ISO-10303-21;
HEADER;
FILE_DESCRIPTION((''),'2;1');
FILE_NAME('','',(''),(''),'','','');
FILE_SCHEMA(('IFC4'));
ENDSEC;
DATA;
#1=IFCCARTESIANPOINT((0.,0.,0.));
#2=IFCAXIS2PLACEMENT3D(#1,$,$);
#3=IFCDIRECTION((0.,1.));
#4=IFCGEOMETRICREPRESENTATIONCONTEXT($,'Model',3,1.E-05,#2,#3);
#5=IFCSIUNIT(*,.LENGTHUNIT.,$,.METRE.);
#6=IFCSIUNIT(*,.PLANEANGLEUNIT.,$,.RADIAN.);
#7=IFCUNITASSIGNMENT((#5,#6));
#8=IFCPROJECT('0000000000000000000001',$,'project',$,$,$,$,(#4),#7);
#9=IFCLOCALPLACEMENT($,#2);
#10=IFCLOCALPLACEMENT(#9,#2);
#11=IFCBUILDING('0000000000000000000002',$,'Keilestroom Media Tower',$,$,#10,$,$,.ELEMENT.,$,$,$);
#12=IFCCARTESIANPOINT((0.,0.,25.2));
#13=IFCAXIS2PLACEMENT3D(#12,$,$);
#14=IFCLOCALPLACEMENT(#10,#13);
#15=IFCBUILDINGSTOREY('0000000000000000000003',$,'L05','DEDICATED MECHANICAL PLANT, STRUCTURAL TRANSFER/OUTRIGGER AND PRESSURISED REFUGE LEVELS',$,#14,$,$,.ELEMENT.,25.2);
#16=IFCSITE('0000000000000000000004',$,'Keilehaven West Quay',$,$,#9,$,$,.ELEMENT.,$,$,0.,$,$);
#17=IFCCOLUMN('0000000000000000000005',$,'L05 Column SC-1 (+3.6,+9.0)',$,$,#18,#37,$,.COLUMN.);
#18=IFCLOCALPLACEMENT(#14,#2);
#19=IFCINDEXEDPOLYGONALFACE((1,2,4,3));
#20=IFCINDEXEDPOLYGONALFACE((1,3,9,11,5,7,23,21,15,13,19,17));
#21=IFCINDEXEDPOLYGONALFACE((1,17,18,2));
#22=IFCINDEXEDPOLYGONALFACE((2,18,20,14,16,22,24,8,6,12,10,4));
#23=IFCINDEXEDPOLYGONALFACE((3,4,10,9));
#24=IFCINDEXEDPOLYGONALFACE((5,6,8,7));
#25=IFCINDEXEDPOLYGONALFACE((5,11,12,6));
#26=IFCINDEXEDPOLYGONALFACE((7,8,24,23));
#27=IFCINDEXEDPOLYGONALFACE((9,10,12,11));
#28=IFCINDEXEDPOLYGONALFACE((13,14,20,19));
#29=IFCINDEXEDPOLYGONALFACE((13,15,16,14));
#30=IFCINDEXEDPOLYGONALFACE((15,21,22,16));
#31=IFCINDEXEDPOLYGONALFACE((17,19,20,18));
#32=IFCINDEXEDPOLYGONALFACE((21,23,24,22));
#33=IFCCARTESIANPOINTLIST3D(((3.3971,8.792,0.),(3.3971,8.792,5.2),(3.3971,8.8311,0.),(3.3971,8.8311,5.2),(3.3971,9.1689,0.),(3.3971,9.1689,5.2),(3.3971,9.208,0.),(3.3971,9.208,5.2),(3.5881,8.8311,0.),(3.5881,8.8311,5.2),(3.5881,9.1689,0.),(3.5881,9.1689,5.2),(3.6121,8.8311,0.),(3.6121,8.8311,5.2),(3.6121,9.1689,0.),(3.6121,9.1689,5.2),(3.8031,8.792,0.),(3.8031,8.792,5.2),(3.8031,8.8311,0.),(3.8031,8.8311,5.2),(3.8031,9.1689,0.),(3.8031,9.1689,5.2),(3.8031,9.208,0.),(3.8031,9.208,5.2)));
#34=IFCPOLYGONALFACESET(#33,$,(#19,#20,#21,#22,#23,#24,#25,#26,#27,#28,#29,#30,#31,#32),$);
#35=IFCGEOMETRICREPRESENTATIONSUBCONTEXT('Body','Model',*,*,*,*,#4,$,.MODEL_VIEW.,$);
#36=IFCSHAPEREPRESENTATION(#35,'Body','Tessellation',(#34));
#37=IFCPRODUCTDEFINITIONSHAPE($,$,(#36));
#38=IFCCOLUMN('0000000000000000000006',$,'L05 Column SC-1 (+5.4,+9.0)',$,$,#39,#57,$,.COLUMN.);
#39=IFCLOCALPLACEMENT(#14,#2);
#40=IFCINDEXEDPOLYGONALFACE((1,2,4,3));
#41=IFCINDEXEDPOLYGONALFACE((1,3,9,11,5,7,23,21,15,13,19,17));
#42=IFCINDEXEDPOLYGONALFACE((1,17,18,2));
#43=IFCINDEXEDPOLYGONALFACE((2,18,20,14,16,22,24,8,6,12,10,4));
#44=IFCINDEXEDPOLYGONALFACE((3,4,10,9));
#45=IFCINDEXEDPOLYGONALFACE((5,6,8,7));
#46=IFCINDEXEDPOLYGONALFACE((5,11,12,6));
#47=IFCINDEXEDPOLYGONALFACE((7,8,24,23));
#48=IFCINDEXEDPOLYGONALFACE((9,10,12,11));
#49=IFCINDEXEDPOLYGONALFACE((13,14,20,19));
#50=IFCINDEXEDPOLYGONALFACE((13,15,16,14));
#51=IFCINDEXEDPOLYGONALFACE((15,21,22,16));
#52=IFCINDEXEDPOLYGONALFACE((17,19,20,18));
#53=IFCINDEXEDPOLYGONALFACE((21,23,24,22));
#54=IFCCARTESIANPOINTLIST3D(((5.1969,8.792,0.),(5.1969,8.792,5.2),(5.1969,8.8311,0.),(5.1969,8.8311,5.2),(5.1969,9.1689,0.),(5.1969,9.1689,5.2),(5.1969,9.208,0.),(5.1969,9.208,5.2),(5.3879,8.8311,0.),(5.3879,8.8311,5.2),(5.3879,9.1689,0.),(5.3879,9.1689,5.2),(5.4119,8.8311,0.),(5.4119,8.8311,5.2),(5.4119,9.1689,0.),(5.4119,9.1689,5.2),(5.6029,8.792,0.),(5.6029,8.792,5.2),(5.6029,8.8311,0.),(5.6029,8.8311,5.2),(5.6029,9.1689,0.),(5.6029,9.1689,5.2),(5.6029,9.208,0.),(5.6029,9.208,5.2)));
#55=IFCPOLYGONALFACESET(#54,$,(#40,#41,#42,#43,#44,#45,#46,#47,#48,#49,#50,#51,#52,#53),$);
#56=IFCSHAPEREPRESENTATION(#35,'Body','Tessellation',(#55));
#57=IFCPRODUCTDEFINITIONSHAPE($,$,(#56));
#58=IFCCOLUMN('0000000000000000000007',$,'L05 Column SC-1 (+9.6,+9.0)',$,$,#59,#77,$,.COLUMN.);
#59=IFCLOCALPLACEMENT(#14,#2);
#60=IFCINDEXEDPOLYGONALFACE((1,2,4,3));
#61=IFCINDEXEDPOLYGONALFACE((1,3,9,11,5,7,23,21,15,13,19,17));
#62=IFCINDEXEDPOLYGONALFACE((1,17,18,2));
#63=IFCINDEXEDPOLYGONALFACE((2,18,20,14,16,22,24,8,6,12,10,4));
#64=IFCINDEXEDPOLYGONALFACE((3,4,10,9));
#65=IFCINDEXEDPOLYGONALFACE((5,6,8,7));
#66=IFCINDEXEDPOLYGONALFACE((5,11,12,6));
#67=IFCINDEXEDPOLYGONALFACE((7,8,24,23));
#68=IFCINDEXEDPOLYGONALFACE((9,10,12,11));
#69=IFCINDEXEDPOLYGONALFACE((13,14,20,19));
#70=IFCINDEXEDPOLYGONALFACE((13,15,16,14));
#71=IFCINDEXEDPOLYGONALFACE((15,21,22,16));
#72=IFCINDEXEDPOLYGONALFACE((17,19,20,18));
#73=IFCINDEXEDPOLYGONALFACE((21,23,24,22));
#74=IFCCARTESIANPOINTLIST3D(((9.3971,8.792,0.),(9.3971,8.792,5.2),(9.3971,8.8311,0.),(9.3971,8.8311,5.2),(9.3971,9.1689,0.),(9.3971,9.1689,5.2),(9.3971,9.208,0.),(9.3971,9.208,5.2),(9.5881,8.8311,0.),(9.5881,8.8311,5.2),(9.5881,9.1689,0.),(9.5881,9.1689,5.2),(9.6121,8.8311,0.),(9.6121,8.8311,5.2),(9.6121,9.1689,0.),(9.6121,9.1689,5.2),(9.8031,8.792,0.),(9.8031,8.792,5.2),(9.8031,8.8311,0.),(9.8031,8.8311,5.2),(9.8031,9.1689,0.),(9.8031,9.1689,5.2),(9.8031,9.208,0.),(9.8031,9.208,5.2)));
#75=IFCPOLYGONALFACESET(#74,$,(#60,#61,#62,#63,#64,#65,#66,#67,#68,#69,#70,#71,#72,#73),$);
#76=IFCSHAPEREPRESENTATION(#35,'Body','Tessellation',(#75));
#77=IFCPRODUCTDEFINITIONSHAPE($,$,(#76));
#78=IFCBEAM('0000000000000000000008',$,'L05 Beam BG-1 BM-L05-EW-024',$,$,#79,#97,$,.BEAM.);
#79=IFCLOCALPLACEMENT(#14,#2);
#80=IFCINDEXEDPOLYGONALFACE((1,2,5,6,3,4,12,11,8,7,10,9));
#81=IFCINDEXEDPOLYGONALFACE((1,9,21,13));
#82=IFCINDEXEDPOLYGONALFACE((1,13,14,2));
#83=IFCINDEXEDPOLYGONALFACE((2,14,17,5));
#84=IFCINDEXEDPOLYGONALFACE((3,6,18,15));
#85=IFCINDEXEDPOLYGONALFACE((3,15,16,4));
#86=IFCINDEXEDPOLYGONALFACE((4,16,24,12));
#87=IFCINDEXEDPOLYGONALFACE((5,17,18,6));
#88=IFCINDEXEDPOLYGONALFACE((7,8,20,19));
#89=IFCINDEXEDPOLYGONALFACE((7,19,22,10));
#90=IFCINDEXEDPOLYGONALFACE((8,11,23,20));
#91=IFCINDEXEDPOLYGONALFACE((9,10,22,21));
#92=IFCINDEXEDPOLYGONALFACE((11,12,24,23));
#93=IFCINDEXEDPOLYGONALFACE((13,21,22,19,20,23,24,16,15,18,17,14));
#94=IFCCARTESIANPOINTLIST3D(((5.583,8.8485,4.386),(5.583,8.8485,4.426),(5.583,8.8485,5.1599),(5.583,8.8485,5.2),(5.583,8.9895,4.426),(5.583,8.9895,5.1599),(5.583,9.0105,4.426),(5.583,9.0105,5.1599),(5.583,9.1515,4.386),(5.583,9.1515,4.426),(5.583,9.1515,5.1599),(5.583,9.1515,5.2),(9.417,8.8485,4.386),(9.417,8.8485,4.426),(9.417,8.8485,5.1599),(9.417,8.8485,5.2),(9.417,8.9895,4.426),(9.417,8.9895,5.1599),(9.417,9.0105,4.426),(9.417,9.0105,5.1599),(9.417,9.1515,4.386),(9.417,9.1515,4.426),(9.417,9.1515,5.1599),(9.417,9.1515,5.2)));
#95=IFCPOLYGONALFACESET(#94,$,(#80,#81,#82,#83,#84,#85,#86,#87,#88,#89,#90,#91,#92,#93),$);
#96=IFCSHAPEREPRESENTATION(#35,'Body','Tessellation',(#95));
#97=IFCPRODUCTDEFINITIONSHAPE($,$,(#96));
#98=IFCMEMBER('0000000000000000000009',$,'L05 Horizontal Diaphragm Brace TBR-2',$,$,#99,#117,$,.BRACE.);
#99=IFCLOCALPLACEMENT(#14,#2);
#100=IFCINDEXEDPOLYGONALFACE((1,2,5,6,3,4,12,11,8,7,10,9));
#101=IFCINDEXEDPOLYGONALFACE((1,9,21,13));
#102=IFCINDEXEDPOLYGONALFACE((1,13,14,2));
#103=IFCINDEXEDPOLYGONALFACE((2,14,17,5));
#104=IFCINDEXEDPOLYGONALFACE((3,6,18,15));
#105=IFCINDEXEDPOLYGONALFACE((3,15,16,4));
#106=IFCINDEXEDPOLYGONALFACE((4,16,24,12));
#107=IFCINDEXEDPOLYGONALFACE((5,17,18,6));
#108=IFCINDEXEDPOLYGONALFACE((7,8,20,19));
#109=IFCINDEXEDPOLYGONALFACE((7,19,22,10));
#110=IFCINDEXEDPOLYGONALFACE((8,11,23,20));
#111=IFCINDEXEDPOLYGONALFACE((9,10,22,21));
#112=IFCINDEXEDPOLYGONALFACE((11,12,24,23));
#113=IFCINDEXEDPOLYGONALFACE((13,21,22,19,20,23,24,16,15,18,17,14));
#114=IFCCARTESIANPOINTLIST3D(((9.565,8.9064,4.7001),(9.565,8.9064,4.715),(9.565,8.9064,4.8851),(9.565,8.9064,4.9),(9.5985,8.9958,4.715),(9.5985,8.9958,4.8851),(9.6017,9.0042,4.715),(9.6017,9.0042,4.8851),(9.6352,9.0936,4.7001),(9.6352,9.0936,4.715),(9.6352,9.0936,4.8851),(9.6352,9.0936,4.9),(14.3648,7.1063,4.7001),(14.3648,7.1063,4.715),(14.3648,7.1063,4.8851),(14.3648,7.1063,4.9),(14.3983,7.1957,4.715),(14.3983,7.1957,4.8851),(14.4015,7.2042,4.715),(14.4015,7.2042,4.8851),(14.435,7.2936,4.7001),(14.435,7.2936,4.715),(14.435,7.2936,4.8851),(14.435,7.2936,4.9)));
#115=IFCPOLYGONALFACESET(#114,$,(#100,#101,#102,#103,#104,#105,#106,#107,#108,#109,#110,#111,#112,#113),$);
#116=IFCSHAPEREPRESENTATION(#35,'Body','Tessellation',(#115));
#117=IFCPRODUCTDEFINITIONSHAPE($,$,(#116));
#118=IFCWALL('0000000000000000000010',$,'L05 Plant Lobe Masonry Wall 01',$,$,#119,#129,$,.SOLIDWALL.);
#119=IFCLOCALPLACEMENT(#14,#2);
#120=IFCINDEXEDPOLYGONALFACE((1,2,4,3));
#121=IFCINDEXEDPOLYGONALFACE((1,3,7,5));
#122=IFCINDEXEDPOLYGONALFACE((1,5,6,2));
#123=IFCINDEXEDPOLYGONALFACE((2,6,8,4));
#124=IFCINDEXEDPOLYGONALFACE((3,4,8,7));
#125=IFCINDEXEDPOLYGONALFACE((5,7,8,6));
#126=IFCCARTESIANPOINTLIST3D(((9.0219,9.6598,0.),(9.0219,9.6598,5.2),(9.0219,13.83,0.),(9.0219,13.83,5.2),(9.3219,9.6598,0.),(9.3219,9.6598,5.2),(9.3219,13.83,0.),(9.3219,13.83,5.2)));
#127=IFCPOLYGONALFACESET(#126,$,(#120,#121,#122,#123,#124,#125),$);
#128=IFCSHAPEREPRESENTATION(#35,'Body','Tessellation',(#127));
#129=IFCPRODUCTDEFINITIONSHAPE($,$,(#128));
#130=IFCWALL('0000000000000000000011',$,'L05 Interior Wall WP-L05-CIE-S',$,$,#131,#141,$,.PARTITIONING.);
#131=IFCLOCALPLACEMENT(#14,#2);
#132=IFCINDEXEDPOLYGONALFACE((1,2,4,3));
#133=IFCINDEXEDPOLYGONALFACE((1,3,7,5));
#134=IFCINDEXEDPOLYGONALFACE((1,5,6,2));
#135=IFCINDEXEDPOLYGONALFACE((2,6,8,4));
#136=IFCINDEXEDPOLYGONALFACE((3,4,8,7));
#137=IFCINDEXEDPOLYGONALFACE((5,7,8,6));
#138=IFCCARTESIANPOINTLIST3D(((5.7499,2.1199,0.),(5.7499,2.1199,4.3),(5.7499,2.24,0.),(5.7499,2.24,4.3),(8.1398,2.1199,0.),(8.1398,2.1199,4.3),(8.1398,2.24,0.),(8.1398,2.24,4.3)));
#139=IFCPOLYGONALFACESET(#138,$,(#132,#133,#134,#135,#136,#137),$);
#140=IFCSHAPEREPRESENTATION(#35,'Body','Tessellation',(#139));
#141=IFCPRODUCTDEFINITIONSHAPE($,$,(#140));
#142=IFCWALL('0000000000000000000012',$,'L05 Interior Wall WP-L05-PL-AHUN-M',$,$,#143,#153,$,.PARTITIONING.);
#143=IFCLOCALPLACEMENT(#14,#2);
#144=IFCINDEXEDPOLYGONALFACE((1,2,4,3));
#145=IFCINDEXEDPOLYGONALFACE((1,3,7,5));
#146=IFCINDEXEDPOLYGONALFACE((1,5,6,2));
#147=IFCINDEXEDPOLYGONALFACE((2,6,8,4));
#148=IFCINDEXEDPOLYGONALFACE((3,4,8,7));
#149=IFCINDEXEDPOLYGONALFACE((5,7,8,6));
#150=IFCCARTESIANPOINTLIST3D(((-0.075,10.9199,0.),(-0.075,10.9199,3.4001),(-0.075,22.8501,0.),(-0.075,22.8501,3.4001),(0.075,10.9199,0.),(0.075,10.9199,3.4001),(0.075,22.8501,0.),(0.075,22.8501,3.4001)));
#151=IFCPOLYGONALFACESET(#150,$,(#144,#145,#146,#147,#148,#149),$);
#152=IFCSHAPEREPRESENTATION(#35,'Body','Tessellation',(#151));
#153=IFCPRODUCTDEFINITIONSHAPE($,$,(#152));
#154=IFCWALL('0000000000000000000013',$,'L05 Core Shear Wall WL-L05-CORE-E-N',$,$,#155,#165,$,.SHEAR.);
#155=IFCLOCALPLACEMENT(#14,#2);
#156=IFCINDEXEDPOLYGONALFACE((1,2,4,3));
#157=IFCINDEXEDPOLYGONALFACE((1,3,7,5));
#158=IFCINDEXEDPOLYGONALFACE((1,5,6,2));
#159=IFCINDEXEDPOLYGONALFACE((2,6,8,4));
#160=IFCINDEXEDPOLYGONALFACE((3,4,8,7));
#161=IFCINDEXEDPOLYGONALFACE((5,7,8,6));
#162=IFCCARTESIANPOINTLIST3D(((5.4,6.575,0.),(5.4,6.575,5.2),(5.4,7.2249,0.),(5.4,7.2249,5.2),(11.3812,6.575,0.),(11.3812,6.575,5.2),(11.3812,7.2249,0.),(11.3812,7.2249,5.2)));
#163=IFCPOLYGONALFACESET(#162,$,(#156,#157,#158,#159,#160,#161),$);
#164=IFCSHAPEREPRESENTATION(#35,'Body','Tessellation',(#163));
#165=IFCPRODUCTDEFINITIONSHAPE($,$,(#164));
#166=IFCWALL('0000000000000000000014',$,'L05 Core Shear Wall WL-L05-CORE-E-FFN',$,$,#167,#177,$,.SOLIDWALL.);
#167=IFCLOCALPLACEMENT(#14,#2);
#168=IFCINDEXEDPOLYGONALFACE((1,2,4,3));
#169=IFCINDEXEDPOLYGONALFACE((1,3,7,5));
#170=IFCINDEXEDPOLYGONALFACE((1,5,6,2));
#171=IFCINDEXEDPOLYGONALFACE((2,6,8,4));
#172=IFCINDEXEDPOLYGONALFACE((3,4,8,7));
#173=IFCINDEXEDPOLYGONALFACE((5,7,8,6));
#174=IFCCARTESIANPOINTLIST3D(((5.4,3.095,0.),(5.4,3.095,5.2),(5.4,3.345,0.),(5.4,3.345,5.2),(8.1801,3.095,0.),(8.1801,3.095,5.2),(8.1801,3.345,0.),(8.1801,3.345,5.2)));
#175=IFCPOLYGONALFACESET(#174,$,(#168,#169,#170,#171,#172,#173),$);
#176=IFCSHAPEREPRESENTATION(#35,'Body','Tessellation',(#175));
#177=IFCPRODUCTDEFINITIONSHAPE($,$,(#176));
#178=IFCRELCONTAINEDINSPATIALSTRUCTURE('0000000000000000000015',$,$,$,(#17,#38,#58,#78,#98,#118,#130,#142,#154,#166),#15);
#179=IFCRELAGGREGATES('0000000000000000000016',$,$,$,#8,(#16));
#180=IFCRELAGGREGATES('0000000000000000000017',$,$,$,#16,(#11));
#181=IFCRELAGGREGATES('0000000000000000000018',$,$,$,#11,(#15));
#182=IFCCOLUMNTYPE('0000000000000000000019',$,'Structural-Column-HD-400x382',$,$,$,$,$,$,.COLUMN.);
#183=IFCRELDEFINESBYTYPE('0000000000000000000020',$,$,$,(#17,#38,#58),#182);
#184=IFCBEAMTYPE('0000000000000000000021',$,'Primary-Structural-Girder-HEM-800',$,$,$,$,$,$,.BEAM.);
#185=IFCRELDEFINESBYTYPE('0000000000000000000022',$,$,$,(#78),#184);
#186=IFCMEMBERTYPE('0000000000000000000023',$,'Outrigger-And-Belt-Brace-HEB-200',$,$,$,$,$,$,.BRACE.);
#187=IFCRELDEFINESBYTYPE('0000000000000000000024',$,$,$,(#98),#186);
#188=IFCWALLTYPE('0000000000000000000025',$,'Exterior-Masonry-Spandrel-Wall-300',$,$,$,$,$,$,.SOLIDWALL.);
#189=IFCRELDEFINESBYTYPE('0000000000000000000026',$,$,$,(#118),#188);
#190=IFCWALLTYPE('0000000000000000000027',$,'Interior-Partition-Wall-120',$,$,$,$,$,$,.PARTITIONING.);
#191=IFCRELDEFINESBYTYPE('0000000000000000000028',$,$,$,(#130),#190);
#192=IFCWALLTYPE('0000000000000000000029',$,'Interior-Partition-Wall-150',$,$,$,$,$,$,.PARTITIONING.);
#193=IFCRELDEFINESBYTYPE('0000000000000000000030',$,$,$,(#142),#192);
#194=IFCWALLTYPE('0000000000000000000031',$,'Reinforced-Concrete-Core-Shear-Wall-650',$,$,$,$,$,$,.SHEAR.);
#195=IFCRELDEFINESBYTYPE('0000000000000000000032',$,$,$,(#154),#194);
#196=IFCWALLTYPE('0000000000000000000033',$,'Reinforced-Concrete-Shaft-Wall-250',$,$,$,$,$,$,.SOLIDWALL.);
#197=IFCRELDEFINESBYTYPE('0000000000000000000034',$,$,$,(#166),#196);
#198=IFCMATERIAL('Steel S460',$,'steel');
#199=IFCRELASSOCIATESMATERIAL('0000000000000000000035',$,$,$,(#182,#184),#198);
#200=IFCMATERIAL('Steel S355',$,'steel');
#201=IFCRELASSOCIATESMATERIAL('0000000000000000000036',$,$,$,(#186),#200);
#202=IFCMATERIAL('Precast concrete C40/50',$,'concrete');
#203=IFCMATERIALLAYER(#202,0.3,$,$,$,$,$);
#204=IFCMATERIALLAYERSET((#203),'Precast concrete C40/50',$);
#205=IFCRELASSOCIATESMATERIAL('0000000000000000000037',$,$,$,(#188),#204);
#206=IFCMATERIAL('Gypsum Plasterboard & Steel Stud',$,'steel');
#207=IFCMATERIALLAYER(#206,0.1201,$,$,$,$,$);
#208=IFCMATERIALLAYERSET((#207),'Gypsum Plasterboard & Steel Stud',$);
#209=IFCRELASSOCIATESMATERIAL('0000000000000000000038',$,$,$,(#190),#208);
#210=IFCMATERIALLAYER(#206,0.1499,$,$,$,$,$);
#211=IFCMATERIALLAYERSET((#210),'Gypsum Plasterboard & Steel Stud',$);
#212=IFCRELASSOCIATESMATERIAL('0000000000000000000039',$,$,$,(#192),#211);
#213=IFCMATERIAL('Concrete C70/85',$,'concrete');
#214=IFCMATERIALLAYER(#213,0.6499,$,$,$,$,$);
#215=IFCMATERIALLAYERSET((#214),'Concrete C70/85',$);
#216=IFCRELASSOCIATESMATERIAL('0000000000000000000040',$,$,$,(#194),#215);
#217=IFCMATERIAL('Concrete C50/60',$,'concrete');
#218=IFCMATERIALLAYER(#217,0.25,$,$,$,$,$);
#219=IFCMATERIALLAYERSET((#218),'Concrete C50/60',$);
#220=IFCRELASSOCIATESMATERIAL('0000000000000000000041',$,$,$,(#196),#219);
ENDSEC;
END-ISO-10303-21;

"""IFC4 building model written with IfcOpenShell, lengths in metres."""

from ifc_helpers import new_model, si_unit, direction, frame, frame_2d, origin, origin_2d, place, context, subcontext, project, spatial, rectangle, i_section, extrude, source, transform, mapped, material, layer, layer_set, material_profile, profile_set, type_object, element, save


model = new_model("IFC4")

# Units and contexts
model_context = context("Model", 3, precision=1e-05, world=origin(), true_north=direction((0.0, 1.0)))
body_context = subcontext(model_context, "Body", "Model", "MODEL_VIEW")
ifc_project = project(units=[si_unit("LENGTHUNIT", "METRE"), si_unit("PLANEANGLEUNIT", "RADIAN")], contexts=[model_context])

# Site, building, storey
site_placement = place(None, origin())
site = spatial("IfcSite", under=ifc_project, at=site_placement, Name="Keilehaven West Quay", CompositionType="ELEMENT", RefElevation=0.0)
building_placement = place(site_placement, origin())
building = spatial("IfcBuilding", under=site, at=building_placement, Name="Keilestroom Media Tower", CompositionType="ELEMENT")
storey_placement = place(building_placement, frame((0.0, 0.0, 25.2)))
storey = spatial("IfcBuildingStorey", under=building, at=storey_placement, Name="L05", Description="DEDICATED MECHANICAL PLANT, STRUCTURAL TRANSFER/OUTRIGGER AND PRESSURISED REFUGE LEVELS", CompositionType="ELEMENT", Elevation=25.2)

# Columns
ifc_material_1 = material(Name="Steel S460", Category="steel")
ifc_material_profile_1 = material_profile(ifc_material_1, i_section(OverallWidth=0.406, OverallDepth=0.416, WebThickness=0.0239, FlangeThickness=0.0391, at=origin_2d()), Name="HD 400x382")
ifc_profile_set_1 = profile_set([ifc_material_profile_1], Name="Steel S460")
column_type = type_object("IfcColumnType", Name="Structural-Column-HD-400x382", PredefinedType="COLUMN", material=ifc_profile_set_1)
shared_shape_1 = source(origin(), body_context, "Body", "SweptSolid", [
    extrude(i_section(OverallWidth=0.406, OverallDepth=0.416, WebThickness=0.0239, FlangeThickness=0.0391, at=origin_2d()), origin(), (0.0, 0.0, 1.0), 5.2),
])
for number, where, z_axis, x_axis, name in (
    (1, (3.6001, 9.0, 0.0), (0.0, 0.0, 1.0), (1.0, 0.0, 0.0), "L05 Column SC-1 (+3.6,+9.0)"),
    (2, (5.3999, 9.0, 0.0), (0.0, 0.0, 1.0), (1.0, 0.0, 0.0), "L05 Column SC-1 (+5.4,+9.0)"),
    (3, (9.6001, 9.0, 0.0), (0.0, 0.0, 1.0), (1.0, 0.0, 0.0), "L05 Column SC-1 (+9.6,+9.0)"),
):
    element("IfcColumn", number, at=place(storey_placement, frame(where, z_axis=z_axis, x_axis=x_axis)), inside=storey, type_object=column_type, Name=name, PredefinedType="COLUMN", context=body_context, shape_type="MappedRepresentation", body=[
        mapped(shared_shape_1, transform((0.0, 0.0, 0.0), x_axis=(1.0, 0.0, 0.0), y_axis=(0.0, 1.0, 0.0), z_axis=(0.0, 0.0, 1.0), scale=1.0)),
    ])

# Beam
ifc_material_profile_2 = material_profile(ifc_material_1, i_section(OverallWidth=0.303, OverallDepth=0.814, WebThickness=0.021, FlangeThickness=0.04, at=origin_2d()), Name="HEM 800")
ifc_profile_set_2 = profile_set([ifc_material_profile_2], Name="Steel S460")
beam_type = type_object("IfcBeamType", Name="Primary-Structural-Girder-HEM-800", PredefinedType="BEAM", material=ifc_profile_set_2)
shared_shape_2 = source(origin(), body_context, "Body", "SweptSolid", [
    extrude(i_section(OverallWidth=0.303, OverallDepth=0.814, WebThickness=0.021, FlangeThickness=0.04, at=origin_2d()), origin(), (0.0, 0.0, 1.0), 3.834),
])
beam_placement = place(storey_placement, frame((5.583, 9.0, 4.793), z_axis=(1.0, 0.0, 0.0), x_axis=(0.0, 1.0, 0.0)))
element("IfcBeam", 4, at=beam_placement, inside=storey, type_object=beam_type, Name="L05 Beam BG-1 BM-L05-EW-024", PredefinedType="BEAM", context=body_context, shape_type="MappedRepresentation", body=[
    mapped(shared_shape_2, transform((0.0, 0.0, 0.0), x_axis=(1.0, 0.0, 0.0), y_axis=(0.0, 1.0, 0.0), z_axis=(0.0, 0.0, 1.0), scale=1.0)),
])

# Member
ifc_material_2 = material(Name="Steel S355", Category="steel")
ifc_material_profile_3 = material_profile(ifc_material_2, i_section(OverallWidth=0.2, OverallDepth=0.2, WebThickness=0.009, FlangeThickness=0.0149, at=origin_2d()), Name="HEB 200")
ifc_profile_set_3 = profile_set([ifc_material_profile_3], Name="Steel S355")
member_type = type_object("IfcMemberType", Name="Outrigger-And-Belt-Brace-HEB-200", PredefinedType="BRACE", material=ifc_profile_set_3)
shared_shape_3 = source(origin(), body_context, "Body", "SweptSolid", [
    extrude(i_section(OverallWidth=0.2, OverallDepth=0.2, WebThickness=0.009, FlangeThickness=0.0149, at=origin_2d()), origin(), (0.0, 0.0, 1.0), 5.1262),
])
member_placement = place(storey_placement, frame((9.6001, 9.0, 4.8), z_axis=(0.936321, -0.351144, 0.0), x_axis=(0.351144, 0.936321, 0.0)))
element("IfcMember", 5, at=member_placement, inside=storey, type_object=member_type, Name="L05 Horizontal Diaphragm Brace TBR-2", PredefinedType="BRACE", context=body_context, shape_type="MappedRepresentation", body=[
    mapped(shared_shape_3, transform((0.0, 0.0, 0.0), x_axis=(1.0, 0.0, 0.0), y_axis=(0.0, 1.0, 0.0), z_axis=(0.0, 0.0, 1.0), scale=1.0)),
])

# Walls
ifc_material_3 = material(Name="Precast concrete C40/50", Category="concrete")
ifc_layer_1 = layer(ifc_material_3, 0.3)
ifc_layer_set_1 = layer_set([ifc_layer_1], Name="Precast concrete C40/50")
wall_type_1 = type_object("IfcWallType", Name="Exterior-Masonry-Spandrel-Wall-300", PredefinedType="SOLIDWALL", material=ifc_layer_set_1)
wall_1_placement = place(storey_placement, frame((9.1719, 9.6599, 0.0), z_axis=(0.0, 0.0, 1.0), x_axis=(0.0, 1.0, 0.0)))
element("IfcWall", 6, at=wall_1_placement, inside=storey, type_object=wall_type_1, Name="L05 Plant Lobe Masonry Wall 01", PredefinedType="SOLIDWALL", context=body_context, shape_type="SweptSolid", body=[
    extrude(rectangle(XDim=4.1702, YDim=0.3, at=frame_2d((2.085, 0.0))), origin(), (0.0, 0.0, 1.0), 5.2),
])
ifc_material_4 = material(Name="Gypsum Plasterboard & Steel Stud", Category="steel")
ifc_layer_2 = layer(ifc_material_4, 0.1201)
ifc_layer_set_2 = layer_set([ifc_layer_2], Name="Gypsum Plasterboard & Steel Stud")
wall_type_2 = type_object("IfcWallType", Name="Interior-Partition-Wall-120", PredefinedType="PARTITIONING", material=ifc_layer_set_2)
wall_2_placement = place(storey_placement, frame((5.75, 2.1799, 0.0), z_axis=(0.0, 0.0, 1.0), x_axis=(1.0, 0.0, 0.0)))
element("IfcWall", 7, at=wall_2_placement, inside=storey, type_object=wall_type_2, Name="L05 Interior Wall WP-L05-CIE-S", PredefinedType="PARTITIONING", context=body_context, shape_type="SweptSolid", body=[
    extrude(rectangle(XDim=2.3899, YDim=0.1201, at=frame_2d((1.1948, 0.0))), origin(), (0.0, 0.0, 1.0), 4.3),
])
ifc_layer_3 = layer(ifc_material_4, 0.1499)
ifc_layer_set_3 = layer_set([ifc_layer_3], Name="Gypsum Plasterboard & Steel Stud")
wall_type_3 = type_object("IfcWallType", Name="Interior-Partition-Wall-150", PredefinedType="PARTITIONING", material=ifc_layer_set_3)
wall_3_placement = place(storey_placement, frame((0.0, 10.9199, 0.0), z_axis=(0.0, 0.0, 1.0), x_axis=(0.0, 1.0, 0.0)))
element("IfcWall", 8, at=wall_3_placement, inside=storey, type_object=wall_type_3, Name="L05 Interior Wall WP-L05-PL-AHUN-M", PredefinedType="PARTITIONING", context=body_context, shape_type="SweptSolid", body=[
    extrude(rectangle(XDim=11.9302, YDim=0.1499, at=frame_2d((5.9651, 0.0))), origin(), (0.0, 0.0, 1.0), 3.4001),
])
ifc_material_5 = material(Name="Concrete C70/85", Category="concrete")
ifc_layer_4 = layer(ifc_material_5, 0.6499)
ifc_layer_set_4 = layer_set([ifc_layer_4], Name="Concrete C70/85")
wall_type_4 = type_object("IfcWallType", Name="Reinforced-Concrete-Core-Shear-Wall-650", PredefinedType="SHEAR", material=ifc_layer_set_4)
wall_4_placement = place(storey_placement, frame((5.3999, 6.8999, 0.0), z_axis=(0.0, 0.0, 1.0), x_axis=(1.0, 0.0, 0.0)))
element("IfcWall", 9, at=wall_4_placement, inside=storey, type_object=wall_type_4, Name="L05 Core Shear Wall WL-L05-CORE-E-N", PredefinedType="SHEAR", context=body_context, shape_type="SweptSolid", body=[
    extrude(rectangle(XDim=5.9812, YDim=0.6499, at=frame_2d((2.9907, 0.0))), origin(), (0.0, 0.0, 1.0), 5.2),
])
ifc_material_6 = material(Name="Concrete C50/60", Category="concrete")
ifc_layer_5 = layer(ifc_material_6, 0.25)
ifc_layer_set_5 = layer_set([ifc_layer_5], Name="Concrete C50/60")
wall_type_5 = type_object("IfcWallType", Name="Reinforced-Concrete-Shaft-Wall-250", PredefinedType="SOLIDWALL", material=ifc_layer_set_5)
wall_5_placement = place(storey_placement, frame((5.3999, 3.22, 0.0), z_axis=(0.0, 0.0, 1.0), x_axis=(1.0, 0.0, 0.0)))
element("IfcWall", 10, at=wall_5_placement, inside=storey, type_object=wall_type_5, Name="L05 Core Shear Wall WL-L05-CORE-E-FFN", PredefinedType="SOLIDWALL", context=body_context, shape_type="SweptSolid", body=[
    extrude(rectangle(XDim=2.78, YDim=0.25, at=frame_2d((1.3901, 0.0))), origin(), (0.0, 0.0, 1.0), 5.2),
])

save(model, "model.ifc")
